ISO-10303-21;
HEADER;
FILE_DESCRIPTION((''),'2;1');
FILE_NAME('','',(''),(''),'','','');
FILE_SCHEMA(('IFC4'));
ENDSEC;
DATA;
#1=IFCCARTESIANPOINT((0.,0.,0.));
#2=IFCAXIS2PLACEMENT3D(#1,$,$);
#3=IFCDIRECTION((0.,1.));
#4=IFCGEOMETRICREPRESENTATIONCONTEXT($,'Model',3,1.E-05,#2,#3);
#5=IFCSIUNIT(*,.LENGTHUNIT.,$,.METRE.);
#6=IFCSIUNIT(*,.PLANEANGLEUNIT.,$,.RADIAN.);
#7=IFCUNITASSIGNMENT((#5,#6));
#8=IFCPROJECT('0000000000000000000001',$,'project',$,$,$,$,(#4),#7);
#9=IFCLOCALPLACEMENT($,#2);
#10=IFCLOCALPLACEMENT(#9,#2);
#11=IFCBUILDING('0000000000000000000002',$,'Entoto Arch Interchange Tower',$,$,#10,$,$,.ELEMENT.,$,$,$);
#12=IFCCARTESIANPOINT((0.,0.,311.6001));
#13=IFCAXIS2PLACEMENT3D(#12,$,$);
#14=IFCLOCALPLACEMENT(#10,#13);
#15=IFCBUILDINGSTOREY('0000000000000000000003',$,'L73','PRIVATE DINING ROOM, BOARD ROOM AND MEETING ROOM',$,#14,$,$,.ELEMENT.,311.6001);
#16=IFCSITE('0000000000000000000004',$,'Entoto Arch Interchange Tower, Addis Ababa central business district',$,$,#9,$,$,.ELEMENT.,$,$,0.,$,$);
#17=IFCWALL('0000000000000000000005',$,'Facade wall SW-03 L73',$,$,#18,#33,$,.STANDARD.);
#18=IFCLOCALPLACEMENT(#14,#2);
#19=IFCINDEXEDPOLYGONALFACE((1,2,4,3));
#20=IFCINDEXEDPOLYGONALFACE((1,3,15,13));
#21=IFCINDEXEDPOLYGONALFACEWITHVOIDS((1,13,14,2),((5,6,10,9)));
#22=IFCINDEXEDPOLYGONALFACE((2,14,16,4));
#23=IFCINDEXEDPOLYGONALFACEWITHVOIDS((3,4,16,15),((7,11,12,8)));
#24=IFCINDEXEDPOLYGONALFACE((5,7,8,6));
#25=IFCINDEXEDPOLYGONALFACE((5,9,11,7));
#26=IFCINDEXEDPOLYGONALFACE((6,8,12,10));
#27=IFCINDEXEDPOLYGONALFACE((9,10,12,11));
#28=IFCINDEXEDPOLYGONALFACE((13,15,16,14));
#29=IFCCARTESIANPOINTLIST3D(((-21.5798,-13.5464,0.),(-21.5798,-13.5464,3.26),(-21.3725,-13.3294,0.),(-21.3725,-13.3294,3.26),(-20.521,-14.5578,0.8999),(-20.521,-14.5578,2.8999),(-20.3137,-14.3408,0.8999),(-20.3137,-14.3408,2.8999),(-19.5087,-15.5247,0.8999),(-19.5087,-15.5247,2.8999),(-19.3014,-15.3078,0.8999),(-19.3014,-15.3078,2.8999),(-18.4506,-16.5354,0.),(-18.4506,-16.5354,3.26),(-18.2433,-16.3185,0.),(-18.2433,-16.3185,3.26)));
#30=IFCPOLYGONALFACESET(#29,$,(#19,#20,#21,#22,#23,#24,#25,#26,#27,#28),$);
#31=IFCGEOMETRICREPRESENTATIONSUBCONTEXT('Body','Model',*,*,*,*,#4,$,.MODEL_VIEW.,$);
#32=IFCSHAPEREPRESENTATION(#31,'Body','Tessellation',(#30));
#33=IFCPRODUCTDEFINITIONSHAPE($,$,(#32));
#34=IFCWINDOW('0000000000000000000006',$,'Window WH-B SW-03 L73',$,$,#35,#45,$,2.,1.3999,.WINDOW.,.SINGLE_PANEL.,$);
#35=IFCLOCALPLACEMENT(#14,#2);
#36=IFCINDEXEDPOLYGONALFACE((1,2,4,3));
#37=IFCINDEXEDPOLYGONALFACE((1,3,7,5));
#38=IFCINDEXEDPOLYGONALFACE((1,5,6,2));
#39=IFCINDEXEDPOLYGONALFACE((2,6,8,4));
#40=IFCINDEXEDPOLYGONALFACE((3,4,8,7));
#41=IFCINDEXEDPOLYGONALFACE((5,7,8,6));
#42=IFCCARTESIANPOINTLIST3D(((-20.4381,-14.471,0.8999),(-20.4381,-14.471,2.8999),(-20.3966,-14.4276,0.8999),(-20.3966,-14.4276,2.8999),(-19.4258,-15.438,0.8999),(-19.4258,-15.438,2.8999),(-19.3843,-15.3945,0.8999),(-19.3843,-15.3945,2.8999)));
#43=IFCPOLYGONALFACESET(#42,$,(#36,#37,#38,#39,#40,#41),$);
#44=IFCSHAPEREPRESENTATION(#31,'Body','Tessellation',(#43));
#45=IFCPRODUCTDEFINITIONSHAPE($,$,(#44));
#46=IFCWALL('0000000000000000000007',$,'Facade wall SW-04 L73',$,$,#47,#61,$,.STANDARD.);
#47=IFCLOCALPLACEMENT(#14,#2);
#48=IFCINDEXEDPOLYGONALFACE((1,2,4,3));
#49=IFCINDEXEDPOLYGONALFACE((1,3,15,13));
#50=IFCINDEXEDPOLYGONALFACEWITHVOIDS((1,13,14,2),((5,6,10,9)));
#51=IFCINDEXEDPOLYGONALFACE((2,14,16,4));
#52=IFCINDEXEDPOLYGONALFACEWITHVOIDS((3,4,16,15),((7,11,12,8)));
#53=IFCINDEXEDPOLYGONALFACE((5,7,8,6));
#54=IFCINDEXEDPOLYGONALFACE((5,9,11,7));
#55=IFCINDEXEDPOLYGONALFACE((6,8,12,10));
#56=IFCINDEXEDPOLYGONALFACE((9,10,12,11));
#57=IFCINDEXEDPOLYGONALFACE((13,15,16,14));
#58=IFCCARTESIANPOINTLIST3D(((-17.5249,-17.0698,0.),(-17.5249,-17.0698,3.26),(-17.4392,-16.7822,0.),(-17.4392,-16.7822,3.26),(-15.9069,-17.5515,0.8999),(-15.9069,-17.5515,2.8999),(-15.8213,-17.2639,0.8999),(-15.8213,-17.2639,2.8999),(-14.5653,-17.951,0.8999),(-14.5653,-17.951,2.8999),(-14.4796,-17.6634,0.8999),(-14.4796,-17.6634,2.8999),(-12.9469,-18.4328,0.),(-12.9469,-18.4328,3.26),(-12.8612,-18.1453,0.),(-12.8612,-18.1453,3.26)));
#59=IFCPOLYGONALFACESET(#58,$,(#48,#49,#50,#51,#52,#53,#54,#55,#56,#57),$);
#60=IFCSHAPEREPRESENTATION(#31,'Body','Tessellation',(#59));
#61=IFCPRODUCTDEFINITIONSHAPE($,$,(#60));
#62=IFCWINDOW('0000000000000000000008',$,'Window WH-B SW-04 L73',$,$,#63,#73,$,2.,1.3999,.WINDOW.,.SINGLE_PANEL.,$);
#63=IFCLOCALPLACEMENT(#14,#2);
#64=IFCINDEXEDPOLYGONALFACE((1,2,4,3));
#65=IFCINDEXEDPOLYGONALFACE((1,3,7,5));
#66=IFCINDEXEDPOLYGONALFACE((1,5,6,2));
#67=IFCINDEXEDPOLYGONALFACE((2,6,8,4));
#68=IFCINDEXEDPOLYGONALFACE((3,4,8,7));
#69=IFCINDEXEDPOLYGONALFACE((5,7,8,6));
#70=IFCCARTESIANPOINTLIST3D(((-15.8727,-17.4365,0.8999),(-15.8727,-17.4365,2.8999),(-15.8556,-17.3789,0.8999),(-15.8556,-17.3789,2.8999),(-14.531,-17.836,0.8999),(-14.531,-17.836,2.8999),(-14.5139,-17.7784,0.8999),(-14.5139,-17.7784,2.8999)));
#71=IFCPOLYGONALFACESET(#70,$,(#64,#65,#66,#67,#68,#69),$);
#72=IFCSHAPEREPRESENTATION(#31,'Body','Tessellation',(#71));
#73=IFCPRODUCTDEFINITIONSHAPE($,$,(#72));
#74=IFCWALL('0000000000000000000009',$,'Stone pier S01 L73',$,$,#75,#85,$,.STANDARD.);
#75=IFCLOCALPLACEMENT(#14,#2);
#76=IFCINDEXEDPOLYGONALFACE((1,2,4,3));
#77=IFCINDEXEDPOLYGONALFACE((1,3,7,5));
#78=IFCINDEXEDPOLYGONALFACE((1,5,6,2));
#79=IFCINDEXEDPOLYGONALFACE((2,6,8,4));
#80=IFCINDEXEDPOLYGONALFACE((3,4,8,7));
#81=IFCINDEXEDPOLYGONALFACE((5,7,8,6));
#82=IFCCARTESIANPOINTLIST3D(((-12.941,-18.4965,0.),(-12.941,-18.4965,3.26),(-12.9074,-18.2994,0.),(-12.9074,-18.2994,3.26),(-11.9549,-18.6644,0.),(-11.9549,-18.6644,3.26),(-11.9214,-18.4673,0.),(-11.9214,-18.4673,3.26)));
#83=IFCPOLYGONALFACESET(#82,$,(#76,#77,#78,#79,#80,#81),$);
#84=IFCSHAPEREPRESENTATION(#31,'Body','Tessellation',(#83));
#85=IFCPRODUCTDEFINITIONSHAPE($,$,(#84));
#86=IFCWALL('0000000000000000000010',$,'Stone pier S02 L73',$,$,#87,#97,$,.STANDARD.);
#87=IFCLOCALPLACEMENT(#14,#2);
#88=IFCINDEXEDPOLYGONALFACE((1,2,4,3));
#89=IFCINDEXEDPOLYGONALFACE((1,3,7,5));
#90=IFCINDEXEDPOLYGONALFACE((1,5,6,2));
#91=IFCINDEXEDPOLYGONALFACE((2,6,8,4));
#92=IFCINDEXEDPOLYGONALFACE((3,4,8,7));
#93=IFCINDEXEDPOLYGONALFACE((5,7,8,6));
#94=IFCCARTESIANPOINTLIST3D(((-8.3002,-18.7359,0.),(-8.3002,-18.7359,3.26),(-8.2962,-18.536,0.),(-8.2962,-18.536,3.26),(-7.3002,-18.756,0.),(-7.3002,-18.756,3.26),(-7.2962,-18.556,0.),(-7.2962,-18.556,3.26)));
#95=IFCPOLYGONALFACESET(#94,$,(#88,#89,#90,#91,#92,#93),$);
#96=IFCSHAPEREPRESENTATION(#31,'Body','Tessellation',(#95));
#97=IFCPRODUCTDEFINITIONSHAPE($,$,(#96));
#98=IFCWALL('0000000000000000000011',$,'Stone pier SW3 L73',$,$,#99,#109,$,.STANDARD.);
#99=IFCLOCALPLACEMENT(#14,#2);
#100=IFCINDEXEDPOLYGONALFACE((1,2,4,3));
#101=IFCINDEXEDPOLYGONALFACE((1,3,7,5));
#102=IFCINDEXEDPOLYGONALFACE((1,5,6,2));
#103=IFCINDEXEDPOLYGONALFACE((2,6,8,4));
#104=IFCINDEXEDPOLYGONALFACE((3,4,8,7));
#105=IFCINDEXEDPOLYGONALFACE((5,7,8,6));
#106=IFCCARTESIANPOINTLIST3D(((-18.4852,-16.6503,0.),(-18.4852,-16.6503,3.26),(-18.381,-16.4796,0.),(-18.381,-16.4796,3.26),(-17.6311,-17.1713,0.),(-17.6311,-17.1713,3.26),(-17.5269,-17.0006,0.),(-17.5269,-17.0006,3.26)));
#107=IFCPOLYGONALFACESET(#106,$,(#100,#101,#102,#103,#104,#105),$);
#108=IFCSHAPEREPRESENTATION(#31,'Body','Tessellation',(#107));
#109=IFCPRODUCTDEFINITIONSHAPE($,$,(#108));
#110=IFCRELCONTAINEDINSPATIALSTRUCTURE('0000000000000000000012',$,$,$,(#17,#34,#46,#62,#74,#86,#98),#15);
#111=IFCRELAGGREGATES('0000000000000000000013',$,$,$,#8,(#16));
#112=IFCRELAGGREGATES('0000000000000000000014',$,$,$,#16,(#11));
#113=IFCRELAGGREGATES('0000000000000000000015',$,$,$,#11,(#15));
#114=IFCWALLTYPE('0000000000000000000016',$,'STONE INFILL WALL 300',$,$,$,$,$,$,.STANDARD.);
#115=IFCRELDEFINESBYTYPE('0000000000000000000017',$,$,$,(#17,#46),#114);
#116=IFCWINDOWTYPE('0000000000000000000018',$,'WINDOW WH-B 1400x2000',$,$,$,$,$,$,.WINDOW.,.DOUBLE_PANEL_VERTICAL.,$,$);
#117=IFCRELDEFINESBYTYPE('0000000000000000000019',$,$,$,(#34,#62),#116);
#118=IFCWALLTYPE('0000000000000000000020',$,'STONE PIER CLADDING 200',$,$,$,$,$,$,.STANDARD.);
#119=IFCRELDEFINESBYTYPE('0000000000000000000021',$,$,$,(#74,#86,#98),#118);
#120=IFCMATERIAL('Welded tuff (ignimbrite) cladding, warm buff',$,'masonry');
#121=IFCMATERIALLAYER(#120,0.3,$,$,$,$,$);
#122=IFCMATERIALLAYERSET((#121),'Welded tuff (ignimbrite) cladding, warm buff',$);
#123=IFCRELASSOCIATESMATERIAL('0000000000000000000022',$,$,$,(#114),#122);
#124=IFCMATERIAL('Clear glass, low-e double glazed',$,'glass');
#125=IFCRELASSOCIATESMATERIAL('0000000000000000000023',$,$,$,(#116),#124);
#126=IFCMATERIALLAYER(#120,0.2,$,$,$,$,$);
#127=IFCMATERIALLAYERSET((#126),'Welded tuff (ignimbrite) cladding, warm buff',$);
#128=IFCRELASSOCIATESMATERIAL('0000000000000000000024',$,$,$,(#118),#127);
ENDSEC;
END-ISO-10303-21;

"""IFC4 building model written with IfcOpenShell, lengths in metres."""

from ifc_helpers import new_model, si_unit, direction, frame, frame_2d, origin, place, context, subcontext, project, spatial, rectangle, extrude, material, layer, layer_set, type_object, element, fill, save


model = new_model("IFC4")

# Units and contexts
model_context = context("Model", 3, precision=1e-05, world=origin(), true_north=direction((0.0, 1.0)))
body_context = subcontext(model_context, "Body", "Model", "MODEL_VIEW")
ifc_project = project(units=[si_unit("LENGTHUNIT", "METRE"), si_unit("PLANEANGLEUNIT", "RADIAN")], contexts=[model_context])

# Site, building, storey
site_placement = place(None, origin())
site = spatial("IfcSite", under=ifc_project, at=site_placement, Name="Entoto Arch Interchange Tower, Addis Ababa central business district", CompositionType="ELEMENT", RefElevation=0.0)
building_placement = place(site_placement, origin())
building = spatial("IfcBuilding", under=site, at=building_placement, Name="Entoto Arch Interchange Tower", CompositionType="ELEMENT")
storey_placement = place(building_placement, frame((0.0, 0.0, 311.6001)))
storey = spatial("IfcBuildingStorey", under=building, at=storey_placement, Name="L73", Description="PRIVATE DINING ROOM, BOARD ROOM AND MEETING ROOM", CompositionType="ELEMENT", Elevation=311.6001)

# Walls, openings, windows
ifc_material_1 = material(Name="Welded tuff (ignimbrite) cladding, warm buff", Category="masonry")
ifc_layer_1 = layer(ifc_material_1, 0.3)
ifc_layer_set_1 = layer_set([ifc_layer_1], Name="Welded tuff (ignimbrite) cladding, warm buff")
wall_type_1 = type_object("IfcWallType", Name="STONE INFILL WALL 300", PredefinedType="STANDARD", material=ifc_layer_set_1)
ifc_material_2 = material(Name="Clear glass, low-e double glazed", Category="glass")
window_type = type_object("IfcWindowType", Name="WINDOW WH-B 1400x2000", PartitioningType="DOUBLE_PANEL_VERTICAL", PredefinedType="WINDOW", material=ifc_material_2)
wall_1_placement = place(storey_placement, frame((-21.4761, -13.438, 0.0), z_axis=(0.0, 0.0, 1.0), x_axis=(0.723113, -0.690729, 0.0)))
wall_1 = element("IfcWall", 1, at=wall_1_placement, inside=storey, type_object=wall_type_1, Name="Facade wall SW-03 L73", PredefinedType="STANDARD", context=body_context, shape_type="SweptSolid", body=[
    extrude(rectangle(XDim=4.3274, YDim=0.3, at=frame_2d((2.1636, 0.0))), origin(), (0.0, 0.0, 1.0), 3.26),
])
opening_1_placement = place(wall_1_placement, frame((1.4641, 0.0, 0.8999)))
opening_1 = element("IfcOpeningElement", 2, at=opening_1_placement, cuts=wall_1, PredefinedType="OPENING", context=body_context, shape_type="SweptSolid", body=[
    extrude(rectangle(XDim=1.3999, YDim=2.0, at=frame_2d((0.7, 1.0))), frame((0.0, 0.1602, 0.0), z_axis=(0.0, -1.0, 0.0), x_axis=(1.0, 0.0, 0.0)), (0.0, 0.0, 1.0), 0.3201),
])
window_1_placement = place(opening_1_placement, origin())
window_1 = element("IfcWindow", 3, at=window_1_placement, inside=storey, type_object=window_type, Name="Window WH-B SW-03 L73", OverallHeight=2.0, OverallWidth=1.3999, PartitioningType="SINGLE_PANEL", PredefinedType="WINDOW", context=body_context, shape_type="SweptSolid", body=[
    extrude(rectangle(XDim=1.3999, YDim=2.0, at=frame_2d((0.7, 1.0))), frame((0.0, 0.03, 0.0), z_axis=(0.0, -1.0, 0.0), x_axis=(1.0, 0.0, 0.0)), (0.0, 0.0, 1.0), 0.0601),
])
fill(opening_1, window_1)
wall_2_placement = place(storey_placement, frame((-17.4819, -16.926, 0.0), z_axis=(0.0, 0.0, 1.0), x_axis=(0.958419, -0.285364, 0.0)))
wall_2 = element("IfcWall", 4, at=wall_2_placement, inside=storey, type_object=wall_type_1, Name="Facade wall SW-04 L73", PredefinedType="STANDARD", context=body_context, shape_type="SweptSolid", body=[
    extrude(rectangle(XDim=4.7766, YDim=0.3, at=frame_2d((2.3882, 0.0))), origin(), (0.0, 0.0, 1.0), 3.26),
])
opening_2_placement = place(wall_2_placement, frame((1.688, 0.0, 0.8999)))
opening_2 = element("IfcOpeningElement", 5, at=opening_2_placement, cuts=wall_2, PredefinedType="OPENING", context=body_context, shape_type="SweptSolid", body=[
    extrude(rectangle(XDim=1.3999, YDim=2.0, at=frame_2d((0.7, 1.0))), frame((0.0, 0.1602, 0.0), z_axis=(0.0, -1.0, 0.0), x_axis=(1.0, 0.0, 0.0)), (0.0, 0.0, 1.0), 0.3201),
])
window_2_placement = place(opening_2_placement, origin())
window_2 = element("IfcWindow", 6, at=window_2_placement, inside=storey, type_object=window_type, Name="Window WH-B SW-04 L73", OverallHeight=2.0, OverallWidth=1.3999, PartitioningType="SINGLE_PANEL", PredefinedType="WINDOW", context=body_context, shape_type="SweptSolid", body=[
    extrude(rectangle(XDim=1.3999, YDim=2.0, at=frame_2d((0.7, 1.0))), frame((0.0, 0.03, 0.0), z_axis=(0.0, -1.0, 0.0), x_axis=(1.0, 0.0, 0.0)), (0.0, 0.0, 1.0), 0.0601),
])
fill(opening_2, window_2)

# Walls
ifc_layer_2 = layer(ifc_material_1, 0.2)
ifc_layer_set_2 = layer_set([ifc_layer_2], Name="Welded tuff (ignimbrite) cladding, warm buff")
wall_type_2 = type_object("IfcWallType", Name="STONE PIER CLADDING 200", PredefinedType="STANDARD", material=ifc_layer_set_2)
for number, where, z_axis, x_axis, name in (
    (7, (-12.9241, -18.3979, 0.0), (0.0, 0.0, 1.0), (0.985801, -0.16792, 0.0), "Stone pier S01 L73"),
    (8, (-8.2981, -18.636, 0.0), (0.0, 0.0, 1.0), (0.9998, -0.020016, 0.0), "Stone pier S02 L73"),
):
    element("IfcWall", number, at=place(storey_placement, frame(where, z_axis=z_axis, x_axis=x_axis)), inside=storey, type_object=wall_type_2, Name=name, PredefinedType="STANDARD", context=body_context, shape_type="SweptSolid", body=[
        extrude(rectangle(XDim=1.0002, YDim=0.2, at=frame_2d((0.5, 0.0))), origin(), (0.0, 0.0, 1.0), 3.26),
    ])
wall_3_placement = place(storey_placement, frame((-18.4331, -16.5649, 0.0), z_axis=(0.0, 0.0, 1.0), x_axis=(0.85368, -0.520798, 0.0)))
element("IfcWall", 9, at=wall_3_placement, inside=storey, type_object=wall_type_2, Name="Stone pier SW3 L73", PredefinedType="STANDARD", context=body_context, shape_type="SweptSolid", body=[
    extrude(rectangle(XDim=1.0005, YDim=0.2, at=frame_2d((0.5002, 0.0))), origin(), (0.0, 0.0, 1.0), 3.26),
])

save(model, "model.ifc")
